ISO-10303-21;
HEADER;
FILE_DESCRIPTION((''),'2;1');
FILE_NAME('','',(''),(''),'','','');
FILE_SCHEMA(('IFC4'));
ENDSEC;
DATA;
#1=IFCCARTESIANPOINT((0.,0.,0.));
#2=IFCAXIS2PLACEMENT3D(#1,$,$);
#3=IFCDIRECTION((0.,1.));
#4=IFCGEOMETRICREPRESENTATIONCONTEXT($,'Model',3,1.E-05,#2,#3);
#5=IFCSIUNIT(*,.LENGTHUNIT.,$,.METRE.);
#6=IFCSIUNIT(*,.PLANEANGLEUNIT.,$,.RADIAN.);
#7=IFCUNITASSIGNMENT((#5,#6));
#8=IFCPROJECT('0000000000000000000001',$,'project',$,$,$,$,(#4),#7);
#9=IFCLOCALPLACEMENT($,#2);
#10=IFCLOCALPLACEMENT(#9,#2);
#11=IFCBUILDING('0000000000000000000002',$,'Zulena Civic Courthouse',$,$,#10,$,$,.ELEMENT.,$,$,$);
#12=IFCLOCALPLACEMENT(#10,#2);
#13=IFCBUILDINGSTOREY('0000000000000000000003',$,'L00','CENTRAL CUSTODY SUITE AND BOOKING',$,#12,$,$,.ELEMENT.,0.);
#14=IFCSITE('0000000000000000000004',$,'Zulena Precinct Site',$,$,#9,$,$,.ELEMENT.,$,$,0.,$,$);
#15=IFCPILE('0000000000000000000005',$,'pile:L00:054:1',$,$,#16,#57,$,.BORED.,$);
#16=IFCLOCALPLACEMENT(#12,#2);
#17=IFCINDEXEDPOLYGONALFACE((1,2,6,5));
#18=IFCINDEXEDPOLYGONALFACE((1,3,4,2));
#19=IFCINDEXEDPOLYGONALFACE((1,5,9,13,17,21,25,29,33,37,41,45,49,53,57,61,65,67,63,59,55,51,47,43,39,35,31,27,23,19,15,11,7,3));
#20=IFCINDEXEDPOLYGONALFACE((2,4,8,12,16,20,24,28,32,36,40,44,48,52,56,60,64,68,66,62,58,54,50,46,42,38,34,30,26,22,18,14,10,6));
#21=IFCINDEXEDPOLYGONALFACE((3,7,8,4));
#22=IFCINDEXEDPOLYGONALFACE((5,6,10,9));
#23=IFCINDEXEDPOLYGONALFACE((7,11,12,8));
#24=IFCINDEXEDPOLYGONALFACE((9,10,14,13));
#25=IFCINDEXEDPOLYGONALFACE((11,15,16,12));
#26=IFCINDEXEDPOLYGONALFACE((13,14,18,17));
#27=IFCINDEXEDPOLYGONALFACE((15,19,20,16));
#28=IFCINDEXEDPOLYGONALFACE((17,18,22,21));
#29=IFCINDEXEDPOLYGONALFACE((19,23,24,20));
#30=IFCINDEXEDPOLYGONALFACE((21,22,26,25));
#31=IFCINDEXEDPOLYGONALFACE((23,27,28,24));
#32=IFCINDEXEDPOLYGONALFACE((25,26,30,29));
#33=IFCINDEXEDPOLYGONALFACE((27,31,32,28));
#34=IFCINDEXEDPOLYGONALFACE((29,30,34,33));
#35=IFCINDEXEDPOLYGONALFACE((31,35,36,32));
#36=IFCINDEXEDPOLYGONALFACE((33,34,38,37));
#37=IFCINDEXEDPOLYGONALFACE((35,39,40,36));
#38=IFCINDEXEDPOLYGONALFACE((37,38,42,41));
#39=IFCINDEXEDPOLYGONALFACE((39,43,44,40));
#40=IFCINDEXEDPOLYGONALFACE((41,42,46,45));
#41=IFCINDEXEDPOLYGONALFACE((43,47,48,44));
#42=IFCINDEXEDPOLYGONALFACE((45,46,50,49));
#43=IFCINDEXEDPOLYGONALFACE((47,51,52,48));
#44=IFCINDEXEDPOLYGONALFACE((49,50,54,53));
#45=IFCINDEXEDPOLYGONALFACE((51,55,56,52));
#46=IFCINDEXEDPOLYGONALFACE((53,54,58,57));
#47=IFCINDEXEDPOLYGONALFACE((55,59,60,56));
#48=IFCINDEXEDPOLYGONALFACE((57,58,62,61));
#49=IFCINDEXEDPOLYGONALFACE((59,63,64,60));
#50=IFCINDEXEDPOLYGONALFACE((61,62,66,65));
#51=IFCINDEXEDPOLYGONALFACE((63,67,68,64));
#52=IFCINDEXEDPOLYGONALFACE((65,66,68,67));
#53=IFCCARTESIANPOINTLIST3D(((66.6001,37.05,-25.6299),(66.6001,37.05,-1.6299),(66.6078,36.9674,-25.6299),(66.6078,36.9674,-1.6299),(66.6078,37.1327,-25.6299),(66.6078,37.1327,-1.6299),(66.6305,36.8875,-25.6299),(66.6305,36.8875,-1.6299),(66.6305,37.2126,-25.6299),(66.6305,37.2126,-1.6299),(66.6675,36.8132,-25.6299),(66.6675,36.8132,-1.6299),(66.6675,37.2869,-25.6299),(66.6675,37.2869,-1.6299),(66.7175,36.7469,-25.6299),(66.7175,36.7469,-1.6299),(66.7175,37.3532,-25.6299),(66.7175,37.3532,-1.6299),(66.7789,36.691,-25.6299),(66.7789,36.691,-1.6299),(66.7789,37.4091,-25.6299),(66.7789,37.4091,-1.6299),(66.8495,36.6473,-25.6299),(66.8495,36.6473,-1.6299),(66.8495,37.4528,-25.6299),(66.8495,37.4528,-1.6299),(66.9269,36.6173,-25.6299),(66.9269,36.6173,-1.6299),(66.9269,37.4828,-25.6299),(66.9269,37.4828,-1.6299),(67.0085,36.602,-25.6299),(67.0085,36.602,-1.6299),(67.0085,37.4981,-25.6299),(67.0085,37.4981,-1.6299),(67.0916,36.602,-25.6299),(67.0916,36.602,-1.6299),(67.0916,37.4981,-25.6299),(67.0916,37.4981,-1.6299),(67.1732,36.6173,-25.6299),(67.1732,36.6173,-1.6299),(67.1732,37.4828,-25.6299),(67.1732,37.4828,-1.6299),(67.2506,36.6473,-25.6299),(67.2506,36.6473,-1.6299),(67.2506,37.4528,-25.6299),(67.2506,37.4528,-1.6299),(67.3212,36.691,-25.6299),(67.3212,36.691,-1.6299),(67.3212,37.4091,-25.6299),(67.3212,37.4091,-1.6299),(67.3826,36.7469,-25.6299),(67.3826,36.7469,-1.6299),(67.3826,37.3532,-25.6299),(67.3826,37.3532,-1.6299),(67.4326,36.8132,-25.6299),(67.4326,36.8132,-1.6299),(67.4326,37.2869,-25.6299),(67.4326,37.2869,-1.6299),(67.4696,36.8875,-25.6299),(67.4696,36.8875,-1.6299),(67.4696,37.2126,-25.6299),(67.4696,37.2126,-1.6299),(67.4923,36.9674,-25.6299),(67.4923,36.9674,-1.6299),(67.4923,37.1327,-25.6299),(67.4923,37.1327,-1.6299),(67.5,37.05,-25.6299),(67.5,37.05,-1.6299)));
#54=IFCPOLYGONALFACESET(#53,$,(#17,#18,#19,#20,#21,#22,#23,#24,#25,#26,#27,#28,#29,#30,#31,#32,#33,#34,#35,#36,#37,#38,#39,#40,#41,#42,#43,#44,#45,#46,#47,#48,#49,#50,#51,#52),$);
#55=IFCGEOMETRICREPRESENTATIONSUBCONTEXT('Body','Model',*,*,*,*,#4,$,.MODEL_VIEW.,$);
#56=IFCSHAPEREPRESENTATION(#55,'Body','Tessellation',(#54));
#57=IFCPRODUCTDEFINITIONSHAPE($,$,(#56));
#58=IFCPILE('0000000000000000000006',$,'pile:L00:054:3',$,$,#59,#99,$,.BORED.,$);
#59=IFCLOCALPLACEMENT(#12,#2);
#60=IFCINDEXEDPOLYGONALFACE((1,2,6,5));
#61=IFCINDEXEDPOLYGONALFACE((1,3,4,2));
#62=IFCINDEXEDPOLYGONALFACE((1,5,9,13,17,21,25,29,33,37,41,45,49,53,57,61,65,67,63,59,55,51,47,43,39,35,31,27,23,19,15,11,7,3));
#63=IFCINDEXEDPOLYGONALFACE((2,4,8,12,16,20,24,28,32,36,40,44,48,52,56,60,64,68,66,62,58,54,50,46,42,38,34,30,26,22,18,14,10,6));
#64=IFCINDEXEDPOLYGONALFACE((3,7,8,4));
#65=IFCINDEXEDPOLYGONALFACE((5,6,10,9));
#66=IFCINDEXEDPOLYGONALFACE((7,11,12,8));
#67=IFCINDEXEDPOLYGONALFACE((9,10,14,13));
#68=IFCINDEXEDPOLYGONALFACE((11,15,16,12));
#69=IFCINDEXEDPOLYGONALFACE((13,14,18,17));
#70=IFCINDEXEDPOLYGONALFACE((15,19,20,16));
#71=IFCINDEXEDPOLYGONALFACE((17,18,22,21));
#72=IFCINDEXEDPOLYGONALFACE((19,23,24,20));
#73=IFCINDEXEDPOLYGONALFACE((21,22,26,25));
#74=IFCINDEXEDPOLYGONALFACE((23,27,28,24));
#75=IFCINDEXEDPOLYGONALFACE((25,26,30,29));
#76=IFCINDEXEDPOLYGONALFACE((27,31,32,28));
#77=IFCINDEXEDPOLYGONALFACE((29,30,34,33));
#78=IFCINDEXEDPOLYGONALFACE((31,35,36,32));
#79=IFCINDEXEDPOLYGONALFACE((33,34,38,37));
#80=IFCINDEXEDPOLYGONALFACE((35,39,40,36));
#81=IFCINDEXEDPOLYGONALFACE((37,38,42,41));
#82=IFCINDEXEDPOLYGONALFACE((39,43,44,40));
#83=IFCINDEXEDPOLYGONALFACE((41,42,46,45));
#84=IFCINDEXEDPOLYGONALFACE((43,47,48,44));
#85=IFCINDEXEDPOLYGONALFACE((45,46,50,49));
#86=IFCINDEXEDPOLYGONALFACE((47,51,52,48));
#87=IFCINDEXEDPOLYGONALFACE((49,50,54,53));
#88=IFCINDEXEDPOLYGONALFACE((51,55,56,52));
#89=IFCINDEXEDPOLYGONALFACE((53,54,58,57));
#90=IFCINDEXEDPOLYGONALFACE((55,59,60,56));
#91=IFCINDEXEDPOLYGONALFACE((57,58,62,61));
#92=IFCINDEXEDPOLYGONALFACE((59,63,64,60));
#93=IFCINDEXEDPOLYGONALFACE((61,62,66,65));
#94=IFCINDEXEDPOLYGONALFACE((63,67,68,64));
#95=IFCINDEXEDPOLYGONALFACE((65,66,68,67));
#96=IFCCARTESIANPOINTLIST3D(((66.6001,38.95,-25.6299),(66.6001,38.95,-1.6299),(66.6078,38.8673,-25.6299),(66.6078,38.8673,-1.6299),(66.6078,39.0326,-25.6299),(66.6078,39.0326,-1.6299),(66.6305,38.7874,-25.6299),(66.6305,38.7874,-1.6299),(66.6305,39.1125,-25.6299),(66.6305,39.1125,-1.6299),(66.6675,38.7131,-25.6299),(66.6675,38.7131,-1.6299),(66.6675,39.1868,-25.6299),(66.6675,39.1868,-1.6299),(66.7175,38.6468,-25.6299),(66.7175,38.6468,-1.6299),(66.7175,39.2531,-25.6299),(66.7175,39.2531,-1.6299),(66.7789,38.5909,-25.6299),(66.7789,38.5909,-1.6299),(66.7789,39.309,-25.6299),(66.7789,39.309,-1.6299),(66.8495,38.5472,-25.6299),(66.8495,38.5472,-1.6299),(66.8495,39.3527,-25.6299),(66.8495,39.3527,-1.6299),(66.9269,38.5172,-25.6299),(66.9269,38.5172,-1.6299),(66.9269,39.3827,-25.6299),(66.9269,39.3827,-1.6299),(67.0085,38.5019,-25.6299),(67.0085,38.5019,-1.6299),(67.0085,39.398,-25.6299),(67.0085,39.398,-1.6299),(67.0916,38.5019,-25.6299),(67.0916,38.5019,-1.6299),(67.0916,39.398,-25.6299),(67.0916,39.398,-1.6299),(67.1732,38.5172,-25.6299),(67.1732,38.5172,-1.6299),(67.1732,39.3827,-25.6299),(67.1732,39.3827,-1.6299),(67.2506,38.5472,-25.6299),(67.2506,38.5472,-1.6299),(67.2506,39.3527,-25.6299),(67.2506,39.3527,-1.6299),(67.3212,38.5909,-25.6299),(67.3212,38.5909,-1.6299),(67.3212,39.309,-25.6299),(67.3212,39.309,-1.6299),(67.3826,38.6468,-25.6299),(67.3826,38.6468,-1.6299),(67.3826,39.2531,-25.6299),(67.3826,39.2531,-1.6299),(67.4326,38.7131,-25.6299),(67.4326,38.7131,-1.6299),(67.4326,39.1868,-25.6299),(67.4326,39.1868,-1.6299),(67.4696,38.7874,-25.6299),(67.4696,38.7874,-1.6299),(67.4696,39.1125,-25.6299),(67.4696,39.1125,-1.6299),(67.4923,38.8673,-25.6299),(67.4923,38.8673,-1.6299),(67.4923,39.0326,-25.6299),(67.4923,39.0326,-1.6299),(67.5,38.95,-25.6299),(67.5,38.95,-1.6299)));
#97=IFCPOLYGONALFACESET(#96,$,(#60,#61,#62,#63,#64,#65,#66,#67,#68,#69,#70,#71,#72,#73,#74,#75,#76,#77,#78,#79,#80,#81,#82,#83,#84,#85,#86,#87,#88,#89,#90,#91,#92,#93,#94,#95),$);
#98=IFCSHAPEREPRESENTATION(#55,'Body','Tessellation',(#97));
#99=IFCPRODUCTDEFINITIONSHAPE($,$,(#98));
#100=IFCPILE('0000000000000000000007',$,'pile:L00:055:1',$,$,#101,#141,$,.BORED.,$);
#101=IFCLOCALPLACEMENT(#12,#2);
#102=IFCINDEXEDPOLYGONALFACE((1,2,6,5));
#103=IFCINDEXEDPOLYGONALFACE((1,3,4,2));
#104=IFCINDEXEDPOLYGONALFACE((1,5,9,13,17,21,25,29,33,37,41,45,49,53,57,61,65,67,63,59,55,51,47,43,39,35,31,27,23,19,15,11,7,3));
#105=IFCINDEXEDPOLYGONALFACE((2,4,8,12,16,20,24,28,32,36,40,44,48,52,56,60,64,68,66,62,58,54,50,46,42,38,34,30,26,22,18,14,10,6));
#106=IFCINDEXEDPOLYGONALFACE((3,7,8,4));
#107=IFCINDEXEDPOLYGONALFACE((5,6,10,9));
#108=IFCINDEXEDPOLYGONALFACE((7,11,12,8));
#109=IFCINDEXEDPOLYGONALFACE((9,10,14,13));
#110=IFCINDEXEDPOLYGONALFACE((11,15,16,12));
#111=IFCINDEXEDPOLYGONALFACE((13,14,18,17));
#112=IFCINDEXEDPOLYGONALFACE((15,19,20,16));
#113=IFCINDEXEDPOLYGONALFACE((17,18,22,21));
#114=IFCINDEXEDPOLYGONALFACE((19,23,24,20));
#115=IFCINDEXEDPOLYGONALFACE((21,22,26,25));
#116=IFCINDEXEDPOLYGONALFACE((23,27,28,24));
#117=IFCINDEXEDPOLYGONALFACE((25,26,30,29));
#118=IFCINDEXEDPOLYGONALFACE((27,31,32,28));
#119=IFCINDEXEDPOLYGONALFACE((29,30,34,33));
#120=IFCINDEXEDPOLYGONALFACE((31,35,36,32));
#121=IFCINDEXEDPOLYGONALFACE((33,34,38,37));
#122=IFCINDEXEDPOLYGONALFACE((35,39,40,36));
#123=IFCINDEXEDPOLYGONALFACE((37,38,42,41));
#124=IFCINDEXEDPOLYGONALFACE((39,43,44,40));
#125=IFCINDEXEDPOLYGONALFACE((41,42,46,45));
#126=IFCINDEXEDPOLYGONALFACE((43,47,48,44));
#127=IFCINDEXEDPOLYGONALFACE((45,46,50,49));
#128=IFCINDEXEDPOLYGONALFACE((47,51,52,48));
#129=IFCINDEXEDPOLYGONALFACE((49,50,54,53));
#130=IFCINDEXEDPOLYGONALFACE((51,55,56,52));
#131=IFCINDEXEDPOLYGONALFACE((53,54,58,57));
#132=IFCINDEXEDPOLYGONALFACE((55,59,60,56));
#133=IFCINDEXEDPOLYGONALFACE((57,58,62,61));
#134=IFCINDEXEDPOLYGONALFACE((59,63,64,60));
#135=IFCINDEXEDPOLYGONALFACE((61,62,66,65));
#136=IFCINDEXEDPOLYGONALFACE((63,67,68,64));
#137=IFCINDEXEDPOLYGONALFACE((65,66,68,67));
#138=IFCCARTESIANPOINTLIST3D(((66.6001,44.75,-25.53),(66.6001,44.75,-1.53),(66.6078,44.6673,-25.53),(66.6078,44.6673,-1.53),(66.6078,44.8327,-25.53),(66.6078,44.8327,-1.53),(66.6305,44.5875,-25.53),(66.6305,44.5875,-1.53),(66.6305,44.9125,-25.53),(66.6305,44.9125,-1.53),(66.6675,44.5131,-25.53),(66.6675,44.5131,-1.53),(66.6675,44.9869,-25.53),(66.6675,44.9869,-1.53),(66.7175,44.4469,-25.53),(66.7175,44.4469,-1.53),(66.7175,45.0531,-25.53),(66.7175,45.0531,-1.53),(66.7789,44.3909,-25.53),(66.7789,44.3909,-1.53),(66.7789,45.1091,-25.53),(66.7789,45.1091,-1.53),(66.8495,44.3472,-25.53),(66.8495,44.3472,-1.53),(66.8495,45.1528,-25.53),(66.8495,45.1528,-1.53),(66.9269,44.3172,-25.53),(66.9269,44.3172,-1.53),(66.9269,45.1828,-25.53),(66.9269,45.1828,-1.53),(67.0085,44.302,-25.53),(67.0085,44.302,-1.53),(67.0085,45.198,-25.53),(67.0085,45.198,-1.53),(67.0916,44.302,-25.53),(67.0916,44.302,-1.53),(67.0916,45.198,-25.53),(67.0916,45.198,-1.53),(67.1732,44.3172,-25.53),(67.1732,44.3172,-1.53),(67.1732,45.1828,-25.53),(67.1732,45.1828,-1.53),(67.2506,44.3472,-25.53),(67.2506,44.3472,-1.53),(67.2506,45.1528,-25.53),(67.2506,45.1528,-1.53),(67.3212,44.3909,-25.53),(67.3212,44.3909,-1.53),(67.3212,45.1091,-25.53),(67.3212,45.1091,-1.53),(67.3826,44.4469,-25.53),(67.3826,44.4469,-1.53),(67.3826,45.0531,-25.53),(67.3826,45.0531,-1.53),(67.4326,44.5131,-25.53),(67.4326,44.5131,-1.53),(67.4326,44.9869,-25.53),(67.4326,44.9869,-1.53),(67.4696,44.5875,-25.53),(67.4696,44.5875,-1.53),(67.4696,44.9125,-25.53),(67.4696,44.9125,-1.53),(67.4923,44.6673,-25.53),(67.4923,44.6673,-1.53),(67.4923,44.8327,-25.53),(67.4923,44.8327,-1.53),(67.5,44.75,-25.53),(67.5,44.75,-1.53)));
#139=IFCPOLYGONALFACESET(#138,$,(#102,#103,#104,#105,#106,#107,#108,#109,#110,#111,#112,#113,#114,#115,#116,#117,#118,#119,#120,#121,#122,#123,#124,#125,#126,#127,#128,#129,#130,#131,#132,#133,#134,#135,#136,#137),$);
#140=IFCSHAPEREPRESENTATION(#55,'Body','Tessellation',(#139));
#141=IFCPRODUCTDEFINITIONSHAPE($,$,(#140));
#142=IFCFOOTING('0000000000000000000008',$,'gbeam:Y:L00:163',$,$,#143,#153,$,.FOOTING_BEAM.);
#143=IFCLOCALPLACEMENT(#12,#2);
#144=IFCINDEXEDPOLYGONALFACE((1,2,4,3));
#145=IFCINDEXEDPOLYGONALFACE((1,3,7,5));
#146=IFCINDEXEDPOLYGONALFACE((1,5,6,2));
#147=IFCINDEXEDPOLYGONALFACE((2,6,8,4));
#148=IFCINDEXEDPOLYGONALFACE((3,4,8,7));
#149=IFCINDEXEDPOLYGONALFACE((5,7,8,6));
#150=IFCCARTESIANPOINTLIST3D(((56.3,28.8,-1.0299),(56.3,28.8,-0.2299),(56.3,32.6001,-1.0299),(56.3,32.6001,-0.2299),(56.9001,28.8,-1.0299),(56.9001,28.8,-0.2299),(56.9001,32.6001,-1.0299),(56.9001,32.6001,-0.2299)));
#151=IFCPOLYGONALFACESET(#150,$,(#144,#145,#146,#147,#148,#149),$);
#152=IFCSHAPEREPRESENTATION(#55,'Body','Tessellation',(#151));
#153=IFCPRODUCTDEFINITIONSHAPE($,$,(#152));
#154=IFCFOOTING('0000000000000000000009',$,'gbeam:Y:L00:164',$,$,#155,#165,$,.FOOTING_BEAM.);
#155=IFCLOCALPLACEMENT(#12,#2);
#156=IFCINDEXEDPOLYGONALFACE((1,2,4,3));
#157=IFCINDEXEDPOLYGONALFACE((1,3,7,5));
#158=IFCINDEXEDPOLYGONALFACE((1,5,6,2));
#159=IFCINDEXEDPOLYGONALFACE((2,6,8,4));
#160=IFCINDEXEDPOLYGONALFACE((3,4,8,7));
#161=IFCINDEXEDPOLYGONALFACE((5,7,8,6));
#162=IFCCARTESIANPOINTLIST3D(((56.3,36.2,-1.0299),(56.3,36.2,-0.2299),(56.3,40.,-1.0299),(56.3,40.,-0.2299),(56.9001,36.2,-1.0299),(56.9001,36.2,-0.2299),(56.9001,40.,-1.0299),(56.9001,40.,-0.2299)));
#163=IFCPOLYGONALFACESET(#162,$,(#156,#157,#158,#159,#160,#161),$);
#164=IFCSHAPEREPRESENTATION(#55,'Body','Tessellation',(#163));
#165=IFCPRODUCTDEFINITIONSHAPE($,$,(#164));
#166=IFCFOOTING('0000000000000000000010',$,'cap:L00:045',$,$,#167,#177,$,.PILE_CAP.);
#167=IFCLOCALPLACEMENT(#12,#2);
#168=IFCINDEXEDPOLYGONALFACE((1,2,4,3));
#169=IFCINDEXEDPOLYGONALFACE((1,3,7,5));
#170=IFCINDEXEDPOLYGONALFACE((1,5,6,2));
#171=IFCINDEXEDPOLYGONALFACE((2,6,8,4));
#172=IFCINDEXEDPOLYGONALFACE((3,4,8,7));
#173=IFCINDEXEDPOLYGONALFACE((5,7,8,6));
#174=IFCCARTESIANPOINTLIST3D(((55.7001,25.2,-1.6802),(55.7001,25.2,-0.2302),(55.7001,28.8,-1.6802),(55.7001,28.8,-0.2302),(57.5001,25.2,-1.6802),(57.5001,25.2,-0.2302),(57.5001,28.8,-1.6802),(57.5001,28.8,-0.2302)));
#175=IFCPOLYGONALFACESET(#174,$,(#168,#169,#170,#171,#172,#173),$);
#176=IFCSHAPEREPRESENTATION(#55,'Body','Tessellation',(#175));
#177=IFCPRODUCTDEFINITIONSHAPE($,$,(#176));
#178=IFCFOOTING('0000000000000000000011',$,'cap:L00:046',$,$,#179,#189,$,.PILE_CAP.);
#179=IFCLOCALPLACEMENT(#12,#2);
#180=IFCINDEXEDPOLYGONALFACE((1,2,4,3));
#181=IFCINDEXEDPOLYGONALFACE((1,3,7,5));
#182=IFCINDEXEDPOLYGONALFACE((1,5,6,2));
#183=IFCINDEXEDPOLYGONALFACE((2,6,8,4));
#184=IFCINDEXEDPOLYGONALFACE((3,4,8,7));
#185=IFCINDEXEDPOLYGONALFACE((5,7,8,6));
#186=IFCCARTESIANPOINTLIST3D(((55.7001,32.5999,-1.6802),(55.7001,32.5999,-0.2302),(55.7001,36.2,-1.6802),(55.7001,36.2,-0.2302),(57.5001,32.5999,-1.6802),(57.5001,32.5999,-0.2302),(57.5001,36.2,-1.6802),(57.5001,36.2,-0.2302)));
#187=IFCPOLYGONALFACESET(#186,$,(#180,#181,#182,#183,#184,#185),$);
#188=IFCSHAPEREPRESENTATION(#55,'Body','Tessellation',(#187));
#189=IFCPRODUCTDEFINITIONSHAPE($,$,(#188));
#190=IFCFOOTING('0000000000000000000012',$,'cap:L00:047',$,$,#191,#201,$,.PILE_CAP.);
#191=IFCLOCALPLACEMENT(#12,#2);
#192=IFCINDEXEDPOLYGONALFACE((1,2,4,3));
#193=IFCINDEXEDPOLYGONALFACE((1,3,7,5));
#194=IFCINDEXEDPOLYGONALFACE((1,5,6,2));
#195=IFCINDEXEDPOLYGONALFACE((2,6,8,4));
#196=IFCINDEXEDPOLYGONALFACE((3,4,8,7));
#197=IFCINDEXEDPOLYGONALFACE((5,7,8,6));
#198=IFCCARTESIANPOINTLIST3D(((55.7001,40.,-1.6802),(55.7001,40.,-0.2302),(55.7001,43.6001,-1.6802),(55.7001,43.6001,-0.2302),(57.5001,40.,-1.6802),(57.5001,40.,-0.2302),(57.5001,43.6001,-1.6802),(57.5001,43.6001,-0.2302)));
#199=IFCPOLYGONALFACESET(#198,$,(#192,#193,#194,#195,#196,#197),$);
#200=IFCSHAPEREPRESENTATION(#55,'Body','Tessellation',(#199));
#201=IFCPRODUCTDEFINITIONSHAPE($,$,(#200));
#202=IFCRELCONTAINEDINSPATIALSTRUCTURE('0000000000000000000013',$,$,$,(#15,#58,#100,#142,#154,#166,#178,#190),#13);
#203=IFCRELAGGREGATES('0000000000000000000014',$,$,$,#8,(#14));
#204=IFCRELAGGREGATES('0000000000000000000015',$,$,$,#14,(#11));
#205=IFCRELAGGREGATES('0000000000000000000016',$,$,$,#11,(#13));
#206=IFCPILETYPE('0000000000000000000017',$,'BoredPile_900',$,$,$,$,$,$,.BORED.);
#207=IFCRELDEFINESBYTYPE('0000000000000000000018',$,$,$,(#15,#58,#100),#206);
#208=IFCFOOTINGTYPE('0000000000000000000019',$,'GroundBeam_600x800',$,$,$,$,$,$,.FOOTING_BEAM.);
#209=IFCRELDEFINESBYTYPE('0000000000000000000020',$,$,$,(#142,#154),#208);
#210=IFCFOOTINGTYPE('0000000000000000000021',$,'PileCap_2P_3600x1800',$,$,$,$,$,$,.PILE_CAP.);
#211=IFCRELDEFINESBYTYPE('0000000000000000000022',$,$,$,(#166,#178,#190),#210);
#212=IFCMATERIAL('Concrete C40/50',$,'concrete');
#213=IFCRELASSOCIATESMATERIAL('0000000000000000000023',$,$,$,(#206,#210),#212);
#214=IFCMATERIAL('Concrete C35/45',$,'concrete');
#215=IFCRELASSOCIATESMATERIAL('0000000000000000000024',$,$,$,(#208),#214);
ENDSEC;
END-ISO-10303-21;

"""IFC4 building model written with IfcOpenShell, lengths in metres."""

from ifc_helpers import new_model, si_unit, direction, frame, origin, origin_2d, place, context, subcontext, project, spatial, rectangle, circle, extrude, material, material_profile, profile_set, type_object, element, save


model = new_model("IFC4")

# Units and contexts
model_context = context("Model", 3, precision=1e-05, world=origin(), true_north=direction((0.0, 1.0)))
body_context = subcontext(model_context, "Body", "Model", "MODEL_VIEW")
ifc_project = project(units=[si_unit("LENGTHUNIT", "METRE"), si_unit("PLANEANGLEUNIT", "RADIAN")], contexts=[model_context])

# Site, building, storey
site_placement = place(None, origin())
site = spatial("IfcSite", under=ifc_project, at=site_placement, Name="Zulena Precinct Site", CompositionType="ELEMENT", RefElevation=0.0)
building_placement = place(site_placement, origin())
building = spatial("IfcBuilding", under=site, at=building_placement, Name="Zulena Civic Courthouse", CompositionType="ELEMENT")
storey_placement = place(building_placement, origin())
storey = spatial("IfcBuildingStorey", under=building, at=storey_placement, Name="L00", Description="CENTRAL CUSTODY SUITE AND BOOKING", CompositionType="ELEMENT", Elevation=0.0)

# Piles
ifc_material_1 = material(Name="Concrete C40/50", Category="concrete")
ifc_material_profile_1 = material_profile(ifc_material_1, circle(Radius=0.45, at=origin_2d()), Name="PILE900")
ifc_profile_set_1 = profile_set([ifc_material_profile_1], Name="Concrete C40/50")
pile_type_1 = type_object("IfcPileType", Name="BoredPile_900", PredefinedType="BORED", material=ifc_profile_set_1)
for number, where, z_axis, x_axis, name in (
    (1, (67.05, 37.05, -1.6299), (0.0, 0.0, -1.0), (1.0, 0.0, 0.0), "pile:L00:054:1"),
    (2, (67.05, 38.95, -1.6299), (0.0, 0.0, -1.0), (1.0, 0.0, 0.0), "pile:L00:054:3"),
    (3, (67.05, 44.75, -1.53), (0.0, 0.0, -1.0), (1.0, 0.0, 0.0), "pile:L00:055:1"),
):
    element("IfcPile", number, at=place(storey_placement, frame(where, z_axis=z_axis, x_axis=x_axis)), inside=storey, type_object=pile_type_1, Name=name, PredefinedType="BORED", context=body_context, shape_type="SweptSolid", body=[
        extrude(circle(Radius=0.45, at=origin_2d()), origin(), (0.0, 0.0, 1.0), 24.0),
    ])

# Footings
ifc_material_2 = material(Name="Concrete C35/45", Category="concrete")
ifc_material_profile_2 = material_profile(ifc_material_2, rectangle(XDim=0.6001, YDim=0.8, at=origin_2d()), Name="RC600X800")
ifc_profile_set_2 = profile_set([ifc_material_profile_2], Name="Concrete C35/45")
footing_type_1 = type_object("IfcFootingType", Name="GroundBeam_600x800", PredefinedType="FOOTING_BEAM", material=ifc_profile_set_2)
for number, where, z_axis, x_axis, name in (
    (4, (56.6001, 28.8, -0.6299), (0.0, 1.0, 0.0), (-1.0, 0.0, 0.0), "gbeam:Y:L00:163"),
    (5, (56.6001, 36.2, -0.6299), (0.0, 1.0, 0.0), (-1.0, 0.0, 0.0), "gbeam:Y:L00:164"),
):
    element("IfcFooting", number, at=place(storey_placement, frame(where, z_axis=z_axis, x_axis=x_axis)), inside=storey, type_object=footing_type_1, Name=name, PredefinedType="FOOTING_BEAM", context=body_context, shape_type="SweptSolid", body=[
        extrude(rectangle(XDim=0.6001, YDim=0.8, at=origin_2d()), origin(), (0.0, 0.0, 1.0), 3.8),
    ])
footing_type_2 = type_object("IfcFootingType", Name="PileCap_2P_3600x1800", PredefinedType="PILE_CAP", material=ifc_material_1)
for number, where, z_axis, x_axis, name in (
    (6, (56.6001, 27.0, -1.6802), (0.0, 0.0, 1.0), (1.0, 0.0, 0.0), "cap:L00:045"),
    (7, (56.6001, 34.3999, -1.6802), (0.0, 0.0, 1.0), (1.0, 0.0, 0.0), "cap:L00:046"),
    (8, (56.6001, 41.8, -1.6802), (0.0, 0.0, 1.0), (1.0, 0.0, 0.0), "cap:L00:047"),
):
    element("IfcFooting", number, at=place(storey_placement, frame(where, z_axis=z_axis, x_axis=x_axis)), inside=storey, type_object=footing_type_2, Name=name, PredefinedType="PILE_CAP", context=body_context, shape_type="SweptSolid", body=[
        extrude(rectangle(XDim=1.8, YDim=3.6001, at=origin_2d()), origin(), (0.0, 0.0, 1.0), 1.45),
    ])

save(model, "model.ifc")
